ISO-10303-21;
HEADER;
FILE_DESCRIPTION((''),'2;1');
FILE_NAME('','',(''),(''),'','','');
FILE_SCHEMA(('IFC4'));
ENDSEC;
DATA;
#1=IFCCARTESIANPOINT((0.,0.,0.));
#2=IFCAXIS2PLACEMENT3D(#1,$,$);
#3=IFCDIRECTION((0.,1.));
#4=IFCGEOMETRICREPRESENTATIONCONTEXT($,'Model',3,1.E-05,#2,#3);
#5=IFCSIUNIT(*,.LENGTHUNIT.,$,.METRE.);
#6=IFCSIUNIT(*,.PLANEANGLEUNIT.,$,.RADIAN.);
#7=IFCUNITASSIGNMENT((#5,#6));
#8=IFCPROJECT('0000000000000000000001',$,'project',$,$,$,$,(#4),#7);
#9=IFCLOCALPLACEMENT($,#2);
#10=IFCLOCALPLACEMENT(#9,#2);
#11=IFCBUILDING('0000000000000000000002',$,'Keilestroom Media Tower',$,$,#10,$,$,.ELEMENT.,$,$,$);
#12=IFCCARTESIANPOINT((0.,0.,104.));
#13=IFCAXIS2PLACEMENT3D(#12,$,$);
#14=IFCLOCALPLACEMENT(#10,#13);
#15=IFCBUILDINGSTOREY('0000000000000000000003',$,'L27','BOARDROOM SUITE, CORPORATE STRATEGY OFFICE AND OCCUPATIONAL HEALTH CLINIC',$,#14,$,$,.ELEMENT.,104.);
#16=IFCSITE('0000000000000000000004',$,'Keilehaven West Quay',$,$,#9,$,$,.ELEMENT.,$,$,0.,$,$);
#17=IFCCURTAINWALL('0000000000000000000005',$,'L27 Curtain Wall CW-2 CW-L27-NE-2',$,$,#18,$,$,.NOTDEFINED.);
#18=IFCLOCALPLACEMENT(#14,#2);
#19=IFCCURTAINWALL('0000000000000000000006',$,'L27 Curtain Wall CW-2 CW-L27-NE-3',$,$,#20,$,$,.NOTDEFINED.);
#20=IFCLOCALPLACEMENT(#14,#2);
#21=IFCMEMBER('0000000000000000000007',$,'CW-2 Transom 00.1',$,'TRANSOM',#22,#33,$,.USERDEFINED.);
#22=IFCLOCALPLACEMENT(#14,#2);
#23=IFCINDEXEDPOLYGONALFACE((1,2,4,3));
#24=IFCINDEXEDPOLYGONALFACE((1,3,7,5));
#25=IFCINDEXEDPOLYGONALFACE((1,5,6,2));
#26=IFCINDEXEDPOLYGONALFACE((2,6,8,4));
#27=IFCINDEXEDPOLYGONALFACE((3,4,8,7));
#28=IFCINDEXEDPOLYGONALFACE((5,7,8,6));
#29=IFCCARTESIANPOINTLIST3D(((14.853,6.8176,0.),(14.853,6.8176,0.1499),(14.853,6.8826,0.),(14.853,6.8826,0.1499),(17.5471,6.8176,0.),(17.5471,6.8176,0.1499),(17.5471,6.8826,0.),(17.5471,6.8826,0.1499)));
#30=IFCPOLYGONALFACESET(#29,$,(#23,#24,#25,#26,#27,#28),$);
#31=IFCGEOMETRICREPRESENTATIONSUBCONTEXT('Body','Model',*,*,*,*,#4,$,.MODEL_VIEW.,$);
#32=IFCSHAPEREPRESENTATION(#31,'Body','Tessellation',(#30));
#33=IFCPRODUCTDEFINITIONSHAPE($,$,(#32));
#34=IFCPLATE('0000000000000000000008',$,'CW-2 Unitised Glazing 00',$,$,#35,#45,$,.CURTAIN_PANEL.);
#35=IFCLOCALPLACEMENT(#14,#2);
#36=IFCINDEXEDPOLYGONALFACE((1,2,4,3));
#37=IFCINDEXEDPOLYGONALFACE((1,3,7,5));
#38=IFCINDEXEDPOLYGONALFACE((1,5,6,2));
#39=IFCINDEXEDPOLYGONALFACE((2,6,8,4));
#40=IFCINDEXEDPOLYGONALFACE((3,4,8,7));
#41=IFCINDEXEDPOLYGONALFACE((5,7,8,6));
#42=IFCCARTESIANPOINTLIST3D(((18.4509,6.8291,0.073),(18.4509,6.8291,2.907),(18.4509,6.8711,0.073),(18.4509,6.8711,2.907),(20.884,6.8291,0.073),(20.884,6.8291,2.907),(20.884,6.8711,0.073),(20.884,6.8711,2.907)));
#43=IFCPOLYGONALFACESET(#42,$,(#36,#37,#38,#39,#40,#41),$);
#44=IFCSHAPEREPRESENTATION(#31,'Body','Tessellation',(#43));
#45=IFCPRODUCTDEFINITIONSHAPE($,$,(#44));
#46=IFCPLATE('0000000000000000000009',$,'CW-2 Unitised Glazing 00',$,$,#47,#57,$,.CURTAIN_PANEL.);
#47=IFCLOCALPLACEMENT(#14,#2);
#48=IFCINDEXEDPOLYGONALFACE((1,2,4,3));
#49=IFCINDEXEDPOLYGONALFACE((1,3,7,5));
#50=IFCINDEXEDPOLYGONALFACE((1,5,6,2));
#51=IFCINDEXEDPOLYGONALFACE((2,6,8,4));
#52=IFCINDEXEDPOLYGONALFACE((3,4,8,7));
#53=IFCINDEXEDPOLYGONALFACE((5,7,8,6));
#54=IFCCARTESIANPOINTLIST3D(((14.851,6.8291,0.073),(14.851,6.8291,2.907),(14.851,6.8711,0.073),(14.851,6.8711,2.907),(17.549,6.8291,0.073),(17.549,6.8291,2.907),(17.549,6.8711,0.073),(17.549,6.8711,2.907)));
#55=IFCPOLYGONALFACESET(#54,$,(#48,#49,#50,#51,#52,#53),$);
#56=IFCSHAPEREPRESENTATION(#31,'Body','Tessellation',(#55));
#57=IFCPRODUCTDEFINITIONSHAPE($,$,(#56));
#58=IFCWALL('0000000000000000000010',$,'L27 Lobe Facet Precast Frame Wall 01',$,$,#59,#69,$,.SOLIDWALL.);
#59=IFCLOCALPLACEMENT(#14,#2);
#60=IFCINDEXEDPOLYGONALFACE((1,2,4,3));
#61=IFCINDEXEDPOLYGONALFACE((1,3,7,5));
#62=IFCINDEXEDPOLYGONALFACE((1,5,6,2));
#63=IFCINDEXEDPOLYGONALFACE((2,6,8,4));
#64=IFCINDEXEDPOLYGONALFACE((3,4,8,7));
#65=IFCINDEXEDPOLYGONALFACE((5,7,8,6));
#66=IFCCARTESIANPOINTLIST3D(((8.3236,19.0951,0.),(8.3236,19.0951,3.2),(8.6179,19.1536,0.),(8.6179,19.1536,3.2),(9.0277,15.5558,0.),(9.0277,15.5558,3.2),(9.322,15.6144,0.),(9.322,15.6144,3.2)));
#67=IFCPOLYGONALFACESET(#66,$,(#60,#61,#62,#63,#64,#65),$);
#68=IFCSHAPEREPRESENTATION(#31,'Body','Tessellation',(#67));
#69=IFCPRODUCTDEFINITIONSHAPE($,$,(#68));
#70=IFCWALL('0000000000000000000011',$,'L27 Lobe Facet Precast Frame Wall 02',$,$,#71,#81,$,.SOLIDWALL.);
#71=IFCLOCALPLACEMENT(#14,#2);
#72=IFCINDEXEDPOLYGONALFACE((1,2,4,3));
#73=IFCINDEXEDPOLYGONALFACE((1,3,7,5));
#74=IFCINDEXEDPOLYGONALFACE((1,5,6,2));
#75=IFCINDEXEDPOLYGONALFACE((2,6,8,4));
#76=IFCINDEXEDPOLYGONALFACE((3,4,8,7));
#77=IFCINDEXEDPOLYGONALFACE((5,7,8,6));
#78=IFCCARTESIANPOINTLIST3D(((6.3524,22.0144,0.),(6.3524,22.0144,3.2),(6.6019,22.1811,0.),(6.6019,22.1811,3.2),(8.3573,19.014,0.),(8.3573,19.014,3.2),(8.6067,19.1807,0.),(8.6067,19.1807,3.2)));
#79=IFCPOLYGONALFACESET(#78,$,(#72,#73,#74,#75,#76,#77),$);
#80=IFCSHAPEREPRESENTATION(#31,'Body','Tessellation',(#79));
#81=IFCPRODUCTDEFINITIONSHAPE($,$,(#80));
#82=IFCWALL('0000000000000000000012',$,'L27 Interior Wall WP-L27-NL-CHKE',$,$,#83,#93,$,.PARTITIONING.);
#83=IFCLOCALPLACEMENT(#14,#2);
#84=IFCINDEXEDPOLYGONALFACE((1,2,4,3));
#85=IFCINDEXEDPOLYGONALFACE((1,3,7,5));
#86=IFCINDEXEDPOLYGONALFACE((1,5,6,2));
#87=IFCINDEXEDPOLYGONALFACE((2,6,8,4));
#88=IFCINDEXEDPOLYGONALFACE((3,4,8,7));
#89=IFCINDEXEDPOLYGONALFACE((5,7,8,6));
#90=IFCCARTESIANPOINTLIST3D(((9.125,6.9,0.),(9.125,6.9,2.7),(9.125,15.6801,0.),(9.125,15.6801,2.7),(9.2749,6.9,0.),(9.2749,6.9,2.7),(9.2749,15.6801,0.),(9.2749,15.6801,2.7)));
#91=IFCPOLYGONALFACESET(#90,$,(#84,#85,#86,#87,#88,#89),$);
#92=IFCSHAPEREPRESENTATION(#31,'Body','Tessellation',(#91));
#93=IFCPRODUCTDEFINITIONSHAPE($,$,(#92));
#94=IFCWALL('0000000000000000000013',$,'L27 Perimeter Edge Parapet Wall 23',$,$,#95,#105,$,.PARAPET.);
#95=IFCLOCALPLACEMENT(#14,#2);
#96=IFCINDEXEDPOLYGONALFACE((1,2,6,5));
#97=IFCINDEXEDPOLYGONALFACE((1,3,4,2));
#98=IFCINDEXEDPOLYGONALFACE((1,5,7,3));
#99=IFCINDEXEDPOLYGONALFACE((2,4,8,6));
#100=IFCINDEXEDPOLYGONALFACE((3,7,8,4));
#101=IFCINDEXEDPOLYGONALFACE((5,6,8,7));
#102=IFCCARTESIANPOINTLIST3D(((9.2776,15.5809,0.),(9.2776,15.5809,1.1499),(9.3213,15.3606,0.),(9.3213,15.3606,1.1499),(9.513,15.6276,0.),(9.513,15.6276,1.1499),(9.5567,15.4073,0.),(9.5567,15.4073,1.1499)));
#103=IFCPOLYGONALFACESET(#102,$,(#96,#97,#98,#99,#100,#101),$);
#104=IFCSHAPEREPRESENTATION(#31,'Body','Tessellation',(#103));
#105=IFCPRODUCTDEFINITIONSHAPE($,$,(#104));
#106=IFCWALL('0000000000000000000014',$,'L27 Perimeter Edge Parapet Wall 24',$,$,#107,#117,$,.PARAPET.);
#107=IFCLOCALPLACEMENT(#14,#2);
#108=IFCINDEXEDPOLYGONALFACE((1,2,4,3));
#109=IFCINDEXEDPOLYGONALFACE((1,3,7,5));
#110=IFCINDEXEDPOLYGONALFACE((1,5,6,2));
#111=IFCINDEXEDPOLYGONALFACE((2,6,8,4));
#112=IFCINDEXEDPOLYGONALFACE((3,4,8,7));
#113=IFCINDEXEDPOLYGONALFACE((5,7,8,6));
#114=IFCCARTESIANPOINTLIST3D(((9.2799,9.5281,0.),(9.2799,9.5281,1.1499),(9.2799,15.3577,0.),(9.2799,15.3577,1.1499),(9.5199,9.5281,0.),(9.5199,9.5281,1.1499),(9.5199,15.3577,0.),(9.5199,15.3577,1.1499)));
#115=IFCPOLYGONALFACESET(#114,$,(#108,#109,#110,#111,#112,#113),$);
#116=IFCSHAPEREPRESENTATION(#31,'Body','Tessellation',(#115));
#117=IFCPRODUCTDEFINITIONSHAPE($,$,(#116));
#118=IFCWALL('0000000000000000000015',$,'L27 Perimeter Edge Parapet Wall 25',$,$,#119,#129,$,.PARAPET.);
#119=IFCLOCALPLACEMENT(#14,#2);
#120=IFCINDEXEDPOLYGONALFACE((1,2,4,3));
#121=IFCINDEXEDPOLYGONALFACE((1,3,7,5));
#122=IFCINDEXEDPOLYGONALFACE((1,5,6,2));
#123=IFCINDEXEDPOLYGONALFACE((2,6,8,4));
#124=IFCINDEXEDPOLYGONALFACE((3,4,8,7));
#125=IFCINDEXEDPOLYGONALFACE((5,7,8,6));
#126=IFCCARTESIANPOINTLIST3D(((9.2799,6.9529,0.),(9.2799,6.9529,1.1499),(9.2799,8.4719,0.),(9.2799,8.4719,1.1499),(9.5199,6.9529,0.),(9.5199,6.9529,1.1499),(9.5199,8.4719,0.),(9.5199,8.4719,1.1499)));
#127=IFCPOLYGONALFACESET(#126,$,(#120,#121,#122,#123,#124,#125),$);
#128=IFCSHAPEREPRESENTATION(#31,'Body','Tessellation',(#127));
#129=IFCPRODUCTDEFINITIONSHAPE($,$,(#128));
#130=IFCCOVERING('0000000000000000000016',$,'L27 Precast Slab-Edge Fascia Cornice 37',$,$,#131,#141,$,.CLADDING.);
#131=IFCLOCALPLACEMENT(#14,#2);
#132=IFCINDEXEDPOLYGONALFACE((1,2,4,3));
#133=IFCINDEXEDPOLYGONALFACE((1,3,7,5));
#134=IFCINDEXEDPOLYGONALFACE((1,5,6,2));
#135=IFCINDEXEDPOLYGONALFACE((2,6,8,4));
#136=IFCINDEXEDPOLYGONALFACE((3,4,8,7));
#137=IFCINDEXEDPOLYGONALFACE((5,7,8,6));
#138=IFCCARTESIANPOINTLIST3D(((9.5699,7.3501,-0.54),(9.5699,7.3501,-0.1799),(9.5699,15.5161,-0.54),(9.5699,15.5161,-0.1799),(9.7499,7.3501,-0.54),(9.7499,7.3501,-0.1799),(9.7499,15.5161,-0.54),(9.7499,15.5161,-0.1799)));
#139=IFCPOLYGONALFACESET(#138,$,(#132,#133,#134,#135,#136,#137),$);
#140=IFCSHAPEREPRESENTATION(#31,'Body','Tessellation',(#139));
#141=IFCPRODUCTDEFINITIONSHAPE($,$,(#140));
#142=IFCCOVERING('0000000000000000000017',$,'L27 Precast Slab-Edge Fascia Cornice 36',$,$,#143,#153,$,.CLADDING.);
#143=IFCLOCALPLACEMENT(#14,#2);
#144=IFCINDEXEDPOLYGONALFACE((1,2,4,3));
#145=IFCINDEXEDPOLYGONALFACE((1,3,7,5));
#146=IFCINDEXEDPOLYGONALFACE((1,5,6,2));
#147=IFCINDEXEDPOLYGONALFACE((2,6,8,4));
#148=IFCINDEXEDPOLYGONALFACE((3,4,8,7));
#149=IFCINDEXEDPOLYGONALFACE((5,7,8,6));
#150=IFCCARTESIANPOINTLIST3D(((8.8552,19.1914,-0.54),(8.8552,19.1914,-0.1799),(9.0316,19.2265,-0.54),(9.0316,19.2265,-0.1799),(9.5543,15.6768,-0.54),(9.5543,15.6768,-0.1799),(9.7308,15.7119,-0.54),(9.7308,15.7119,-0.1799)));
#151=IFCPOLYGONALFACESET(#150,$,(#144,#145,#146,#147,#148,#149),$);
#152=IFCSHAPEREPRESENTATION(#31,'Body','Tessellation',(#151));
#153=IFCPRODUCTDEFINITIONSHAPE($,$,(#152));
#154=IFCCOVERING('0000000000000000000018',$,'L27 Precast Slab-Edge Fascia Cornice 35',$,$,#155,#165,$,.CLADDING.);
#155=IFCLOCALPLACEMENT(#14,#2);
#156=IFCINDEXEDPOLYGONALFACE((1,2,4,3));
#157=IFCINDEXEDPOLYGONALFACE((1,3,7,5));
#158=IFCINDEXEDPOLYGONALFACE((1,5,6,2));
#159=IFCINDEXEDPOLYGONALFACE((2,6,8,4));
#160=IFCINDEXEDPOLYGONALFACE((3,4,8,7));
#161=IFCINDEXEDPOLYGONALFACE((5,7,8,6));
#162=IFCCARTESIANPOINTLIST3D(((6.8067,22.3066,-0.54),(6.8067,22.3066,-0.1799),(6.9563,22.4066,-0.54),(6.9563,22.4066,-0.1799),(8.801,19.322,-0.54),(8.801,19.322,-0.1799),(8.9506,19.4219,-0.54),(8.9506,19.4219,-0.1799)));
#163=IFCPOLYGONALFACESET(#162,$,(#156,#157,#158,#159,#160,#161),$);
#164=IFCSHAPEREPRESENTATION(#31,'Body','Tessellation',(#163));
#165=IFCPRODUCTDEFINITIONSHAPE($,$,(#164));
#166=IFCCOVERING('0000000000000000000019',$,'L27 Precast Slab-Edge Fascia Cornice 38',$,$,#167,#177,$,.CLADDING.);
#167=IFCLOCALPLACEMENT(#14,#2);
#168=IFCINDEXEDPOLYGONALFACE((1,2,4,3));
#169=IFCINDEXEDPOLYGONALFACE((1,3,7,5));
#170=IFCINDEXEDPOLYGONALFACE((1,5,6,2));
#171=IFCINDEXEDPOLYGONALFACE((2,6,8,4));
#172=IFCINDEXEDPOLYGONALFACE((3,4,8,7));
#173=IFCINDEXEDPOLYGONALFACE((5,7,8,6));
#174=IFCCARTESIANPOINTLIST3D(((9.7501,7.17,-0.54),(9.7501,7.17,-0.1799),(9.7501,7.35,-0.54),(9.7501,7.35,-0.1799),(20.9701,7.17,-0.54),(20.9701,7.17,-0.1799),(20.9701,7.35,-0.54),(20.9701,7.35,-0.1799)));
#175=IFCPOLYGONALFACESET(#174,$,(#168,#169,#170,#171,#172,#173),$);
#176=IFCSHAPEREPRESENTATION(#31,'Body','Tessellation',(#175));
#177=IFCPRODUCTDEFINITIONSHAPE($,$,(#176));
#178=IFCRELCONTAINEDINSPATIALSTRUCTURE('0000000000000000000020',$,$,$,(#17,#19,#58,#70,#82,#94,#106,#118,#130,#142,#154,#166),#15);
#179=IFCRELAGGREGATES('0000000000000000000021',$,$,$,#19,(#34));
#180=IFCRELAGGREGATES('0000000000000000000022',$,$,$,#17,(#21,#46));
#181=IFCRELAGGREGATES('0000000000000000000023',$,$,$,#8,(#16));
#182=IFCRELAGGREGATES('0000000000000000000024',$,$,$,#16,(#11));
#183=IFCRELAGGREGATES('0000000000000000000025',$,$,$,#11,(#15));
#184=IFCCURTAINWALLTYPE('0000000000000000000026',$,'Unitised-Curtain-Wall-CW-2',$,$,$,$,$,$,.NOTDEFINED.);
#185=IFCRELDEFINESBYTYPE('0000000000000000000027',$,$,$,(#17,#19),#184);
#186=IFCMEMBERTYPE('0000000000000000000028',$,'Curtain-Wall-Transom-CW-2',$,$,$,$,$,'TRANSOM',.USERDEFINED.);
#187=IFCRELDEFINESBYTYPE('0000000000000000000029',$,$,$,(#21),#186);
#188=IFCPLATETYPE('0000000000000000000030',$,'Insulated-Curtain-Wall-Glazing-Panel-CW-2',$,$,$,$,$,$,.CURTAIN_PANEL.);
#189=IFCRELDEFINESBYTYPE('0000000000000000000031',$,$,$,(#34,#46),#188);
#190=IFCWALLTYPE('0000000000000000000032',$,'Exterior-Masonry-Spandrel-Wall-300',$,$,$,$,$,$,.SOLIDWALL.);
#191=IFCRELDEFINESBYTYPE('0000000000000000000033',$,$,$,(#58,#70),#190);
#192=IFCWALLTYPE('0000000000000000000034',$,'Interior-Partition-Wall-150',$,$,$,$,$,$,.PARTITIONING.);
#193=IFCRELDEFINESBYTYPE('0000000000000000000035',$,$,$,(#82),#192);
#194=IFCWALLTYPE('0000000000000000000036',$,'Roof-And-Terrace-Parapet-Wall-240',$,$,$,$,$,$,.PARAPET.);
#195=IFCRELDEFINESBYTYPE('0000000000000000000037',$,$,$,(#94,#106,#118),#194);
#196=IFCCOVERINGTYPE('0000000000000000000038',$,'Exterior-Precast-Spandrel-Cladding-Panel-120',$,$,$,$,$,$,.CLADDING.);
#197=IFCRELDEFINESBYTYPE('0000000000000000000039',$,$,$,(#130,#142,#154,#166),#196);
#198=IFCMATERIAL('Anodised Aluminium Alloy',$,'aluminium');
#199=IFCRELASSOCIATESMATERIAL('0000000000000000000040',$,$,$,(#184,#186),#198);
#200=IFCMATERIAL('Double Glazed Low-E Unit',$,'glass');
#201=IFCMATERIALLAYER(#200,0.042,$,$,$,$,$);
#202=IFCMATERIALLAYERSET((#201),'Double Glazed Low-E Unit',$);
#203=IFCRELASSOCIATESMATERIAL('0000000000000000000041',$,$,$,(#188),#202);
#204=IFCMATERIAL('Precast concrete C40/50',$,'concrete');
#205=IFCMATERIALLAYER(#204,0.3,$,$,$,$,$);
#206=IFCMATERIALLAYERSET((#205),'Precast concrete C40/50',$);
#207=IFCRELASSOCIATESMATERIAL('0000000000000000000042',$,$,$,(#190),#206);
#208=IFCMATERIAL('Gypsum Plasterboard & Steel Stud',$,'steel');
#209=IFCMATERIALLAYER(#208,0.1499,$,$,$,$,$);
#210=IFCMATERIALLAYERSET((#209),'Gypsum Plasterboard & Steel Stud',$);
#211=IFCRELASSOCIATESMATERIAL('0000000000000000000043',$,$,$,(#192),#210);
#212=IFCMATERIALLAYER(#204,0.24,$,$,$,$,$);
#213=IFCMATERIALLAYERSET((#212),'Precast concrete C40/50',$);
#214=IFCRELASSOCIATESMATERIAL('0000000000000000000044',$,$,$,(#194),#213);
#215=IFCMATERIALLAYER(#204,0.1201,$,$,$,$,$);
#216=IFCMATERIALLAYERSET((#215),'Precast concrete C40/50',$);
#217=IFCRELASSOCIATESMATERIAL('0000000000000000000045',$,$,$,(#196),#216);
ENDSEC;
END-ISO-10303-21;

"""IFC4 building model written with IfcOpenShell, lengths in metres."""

from ifc_helpers import new_model, si_unit, direction, frame, frame_2d, origin, origin_2d, place, context, subcontext, project, spatial, rectangle, extrude, source, transform, mapped, material, layer, layer_set, material_profile, profile_set, type_object, element, aggregate, save


model = new_model("IFC4")

# Units and contexts
model_context = context("Model", 3, precision=1e-05, world=origin(), true_north=direction((0.0, 1.0)))
body_context = subcontext(model_context, "Body", "Model", "MODEL_VIEW")
ifc_project = project(units=[si_unit("LENGTHUNIT", "METRE"), si_unit("PLANEANGLEUNIT", "RADIAN")], contexts=[model_context])

# Site, building, storey
site_placement = place(None, origin())
site = spatial("IfcSite", under=ifc_project, at=site_placement, Name="Keilehaven West Quay", CompositionType="ELEMENT", RefElevation=0.0)
building_placement = place(site_placement, origin())
building = spatial("IfcBuilding", under=site, at=building_placement, Name="Keilestroom Media Tower", CompositionType="ELEMENT")
storey_placement = place(building_placement, frame((0.0, 0.0, 104.0)))
storey = spatial("IfcBuildingStorey", under=building, at=storey_placement, Name="L27", Description="BOARDROOM SUITE, CORPORATE STRATEGY OFFICE AND OCCUPATIONAL HEALTH CLINIC", CompositionType="ELEMENT", Elevation=104.0)

# Shared definitions
ifc_material_1 = material(Name="Precast concrete C40/50", Category="concrete")

# Curtain walls
ifc_material_2 = material(Name="Anodised Aluminium Alloy", Category="aluminium")
curtain_wall_type = type_object("IfcCurtainWallType", Name="Unitised-Curtain-Wall-CW-2", PredefinedType="NOTDEFINED", material=ifc_material_2)
curtain_wall_1_placement = place(storey_placement, origin())
curtain_wall_1 = element("IfcCurtainWall", 1, at=curtain_wall_1_placement, inside=storey, type_object=curtain_wall_type, Name="L27 Curtain Wall CW-2 CW-L27-NE-2", PredefinedType="NOTDEFINED")
curtain_wall_2_placement = place(storey_placement, origin())
curtain_wall_2 = element("IfcCurtainWall", 2, at=curtain_wall_2_placement, inside=storey, type_object=curtain_wall_type, Name="L27 Curtain Wall CW-2 CW-L27-NE-3", PredefinedType="NOTDEFINED")
ifc_material_profile_1 = material_profile(ifc_material_2, rectangle(XDim=0.0649, YDim=0.1499, at=origin_2d()), Name="ALU TRANSOM 65x150")
ifc_profile_set_1 = profile_set([ifc_material_profile_1], Name="Anodised Aluminium Alloy")
member_type_1 = type_object("IfcMemberType", Name="Curtain-Wall-Transom-CW-2", ElementType="TRANSOM", PredefinedType="USERDEFINED", material=ifc_profile_set_1)

# Member
shared_shape_1 = source(origin(), body_context, "Body", "SweptSolid", [
    extrude(rectangle(XDim=0.0649, YDim=0.1499, at=origin_2d()), origin(), (0.0, 0.0, 1.0), 2.6941),
])
member_1_placement = place(storey_placement, frame((14.853, 6.8501, 0.075), z_axis=(1.0, 0.0, 0.0), x_axis=(0.0, 1.0, 0.0)))
member_1 = element("IfcMember", 3, at=member_1_placement, type_object=member_type_1, Name="CW-2 Transom 00.1", ObjectType="TRANSOM", PredefinedType="USERDEFINED", context=body_context, shape_type="MappedRepresentation", body=[
    mapped(shared_shape_1, transform((0.0, 0.0, 0.0), x_axis=(1.0, 0.0, 0.0), y_axis=(0.0, 1.0, 0.0), z_axis=(0.0, 0.0, 1.0), scale=1.0)),
])

# Plates
ifc_material_3 = material(Name="Double Glazed Low-E Unit", Category="glass")
ifc_layer_1 = layer(ifc_material_3, 0.042)
ifc_layer_set_1 = layer_set([ifc_layer_1], Name="Double Glazed Low-E Unit")
plate_type = type_object("IfcPlateType", Name="Insulated-Curtain-Wall-Glazing-Panel-CW-2", PredefinedType="CURTAIN_PANEL", material=ifc_layer_set_1)
shared_shape_2 = source(origin(), body_context, "Body", "SweptSolid", [
    extrude(rectangle(XDim=2.4331, YDim=0.042, at=origin_2d()), origin(), (0.0, 0.0, 1.0), 2.834),
])
plate_1_placement = place(storey_placement, frame((19.6675, 6.8501, 0.073), z_axis=(0.0, 0.0, 1.0), x_axis=(1.0, 0.0, 0.0)))
plate_1 = element("IfcPlate", 4, at=plate_1_placement, type_object=plate_type, Name="CW-2 Unitised Glazing 00", PredefinedType="CURTAIN_PANEL", context=body_context, shape_type="MappedRepresentation", body=[
    mapped(shared_shape_2, transform((0.0, 0.0, 0.0), x_axis=(1.0, 0.0, 0.0), y_axis=(0.0, 1.0, 0.0), z_axis=(0.0, 0.0, 1.0), scale=1.0)),
])
aggregate(curtain_wall_2, [plate_1])
shared_shape_3 = source(origin(), body_context, "Body", "SweptSolid", [
    extrude(rectangle(XDim=2.698, YDim=0.042, at=origin_2d()), origin(), (0.0, 0.0, 1.0), 2.834),
])
plate_2_placement = place(storey_placement, frame((16.2, 6.8501, 0.073), z_axis=(0.0, 0.0, 1.0), x_axis=(1.0, 0.0, 0.0)))
plate_2 = element("IfcPlate", 5, at=plate_2_placement, type_object=plate_type, Name="CW-2 Unitised Glazing 00", PredefinedType="CURTAIN_PANEL", context=body_context, shape_type="MappedRepresentation", body=[
    mapped(shared_shape_3, transform((0.0, 0.0, 0.0), x_axis=(1.0, 0.0, 0.0), y_axis=(0.0, 1.0, 0.0), z_axis=(0.0, 0.0, 1.0), scale=1.0)),
])
aggregate(curtain_wall_1, [member_1, plate_2])

# Walls
ifc_layer_2 = layer(ifc_material_1, 0.3)
ifc_layer_set_2 = layer_set([ifc_layer_2], Name="Precast concrete C40/50")
wall_type_1 = type_object("IfcWallType", Name="Exterior-Masonry-Spandrel-Wall-300", PredefinedType="SOLIDWALL", material=ifc_layer_set_2)
for number, where, z_axis, x_axis, name in (
    (6, (9.1748, 15.5852, 0.0), (0.0, 0.0, 1.0), (-0.195114, 0.980781, 0.0), "L27 Lobe Facet Precast Frame Wall 01"),
    (7, (8.4819, 19.0974, 0.0), (0.0, 0.0, 1.0), (-0.555574, 0.831467, 0.0), "L27 Lobe Facet Precast Frame Wall 02"),
):
    element("IfcWall", number, at=place(storey_placement, frame(where, z_axis=z_axis, x_axis=x_axis)), inside=storey, type_object=wall_type_1, Name=name, PredefinedType="SOLIDWALL", context=body_context, shape_type="SweptSolid", body=[
        extrude(rectangle(XDim=3.6086, YDim=0.3, at=frame_2d((1.8042, 0.0))), origin(), (0.0, 0.0, 1.0), 3.2),
    ])
ifc_material_4 = material(Name="Gypsum Plasterboard & Steel Stud", Category="steel")
ifc_layer_3 = layer(ifc_material_4, 0.1499)
ifc_layer_set_3 = layer_set([ifc_layer_3], Name="Gypsum Plasterboard & Steel Stud")
wall_type_2 = type_object("IfcWallType", Name="Interior-Partition-Wall-150", PredefinedType="PARTITIONING", material=ifc_layer_set_3)
wall_1_placement = place(storey_placement, frame((9.2, 6.8999, 0.0), z_axis=(0.0, 0.0, 1.0), x_axis=(0.0, 1.0, 0.0)))
element("IfcWall", 8, at=wall_1_placement, inside=storey, type_object=wall_type_2, Name="L27 Interior Wall WP-L27-NL-CHKE", PredefinedType="PARTITIONING", context=body_context, shape_type="SweptSolid", body=[
    extrude(rectangle(XDim=8.78, YDim=0.1499, at=frame_2d((4.3901, 0.0))), origin(), (0.0, 0.0, 1.0), 2.7),
])
ifc_layer_4 = layer(ifc_material_1, 0.24)
ifc_layer_set_4 = layer_set([ifc_layer_4], Name="Precast concrete C40/50")
wall_type_3 = type_object("IfcWallType", Name="Roof-And-Terrace-Parapet-Wall-240", PredefinedType="PARAPET", material=ifc_layer_set_4)
wall_2_placement = place(storey_placement, frame((9.3953, 15.6042, 0.0), z_axis=(0.0, 0.0, 1.0), x_axis=(0.194652, -0.980872, 0.0)))
element("IfcWall", 9, at=wall_2_placement, inside=storey, type_object=wall_type_3, Name="L27 Perimeter Edge Parapet Wall 23", PredefinedType="PARAPET", context=body_context, shape_type="SweptSolid", body=[
    extrude(rectangle(XDim=0.2246, YDim=0.24, at=frame_2d((0.1123, 0.0))), origin(), (0.0, 0.0, 1.0), 1.1499),
])
wall_3_placement = place(storey_placement, frame((9.3999, 15.3577, 0.0), z_axis=(0.0, 0.0, 1.0), x_axis=(0.0, -1.0, 0.0)))
element("IfcWall", 10, at=wall_3_placement, inside=storey, type_object=wall_type_3, Name="L27 Perimeter Edge Parapet Wall 24", PredefinedType="PARAPET", context=body_context, shape_type="SweptSolid", body=[
    extrude(rectangle(XDim=5.8296, YDim=0.24, at=frame_2d((2.9148, 0.0))), origin(), (0.0, 0.0, 1.0), 1.1499),
])
wall_4_placement = place(storey_placement, frame((9.3999, 8.4719, 0.0), z_axis=(0.0, 0.0, 1.0), x_axis=(0.0, -1.0, 0.0)))
element("IfcWall", 11, at=wall_4_placement, inside=storey, type_object=wall_type_3, Name="L27 Perimeter Edge Parapet Wall 25", PredefinedType="PARAPET", context=body_context, shape_type="SweptSolid", body=[
    extrude(rectangle(XDim=1.519, YDim=0.24, at=frame_2d((0.7595, 0.0))), origin(), (0.0, 0.0, 1.0), 1.1499),
])

# Coverings
ifc_layer_5 = layer(ifc_material_1, 0.1201)
ifc_layer_set_5 = layer_set([ifc_layer_5], Name="Precast concrete C40/50")
covering_type = type_object("IfcCoveringType", Name="Exterior-Precast-Spandrel-Cladding-Panel-120", PredefinedType="CLADDING", material=ifc_layer_set_5)
shared_shape_4 = source(origin(), body_context, "Body", "SweptSolid", [
    extrude(rectangle(XDim=8.166, YDim=0.1799, at=origin_2d()), origin(), (0.0, 0.0, 1.0), 0.3601),
])
covering_1_placement = place(storey_placement, frame((9.6599, 11.4331, -0.54), z_axis=(0.0, 0.0, 1.0), x_axis=(0.0, -1.0, 0.0)))
element("IfcCovering", 12, at=covering_1_placement, inside=storey, type_object=covering_type, Name="L27 Precast Slab-Edge Fascia Cornice 37", PredefinedType="CLADDING", context=body_context, shape_type="MappedRepresentation", body=[
    mapped(shared_shape_4, transform((0.0, 0.0, 0.0), x_axis=(1.0, 0.0, 0.0), y_axis=(0.0, 1.0, 0.0), z_axis=(0.0, 0.0, 1.0), scale=1.0)),
])
shared_shape_5 = source(origin(), body_context, "Body", "SweptSolid", [
    extrude(rectangle(XDim=3.5835, YDim=0.1799, at=origin_2d()), origin(), (0.0, 0.0, 1.0), 0.3601),
])
covering_2_placement = place(storey_placement, frame((9.293, 17.4517, -0.54), z_axis=(0.0, 0.0, 1.0), x_axis=(0.195099, -0.980784, 0.0)))
element("IfcCovering", 13, at=covering_2_placement, inside=storey, type_object=covering_type, Name="L27 Precast Slab-Edge Fascia Cornice 36", PredefinedType="CLADDING", context=body_context, shape_type="MappedRepresentation", body=[
    mapped(shared_shape_5, transform((0.0, 0.0, 0.0), x_axis=(1.0, 0.0, 0.0), y_axis=(0.0, 1.0, 0.0), z_axis=(0.0, 0.0, 1.0), scale=1.0)),
])
shared_shape_6 = source(origin(), body_context, "Body", "SweptSolid", [
    extrude(rectangle(XDim=3.5896, YDim=0.1799, at=origin_2d()), origin(), (0.0, 0.0, 1.0), 0.3601),
])
covering_3_placement = place(storey_placement, frame((7.8787, 20.8643, -0.54), z_axis=(0.0, 0.0, 1.0), x_axis=(0.555575, -0.831467, 0.0)))
element("IfcCovering", 14, at=covering_3_placement, inside=storey, type_object=covering_type, Name="L27 Precast Slab-Edge Fascia Cornice 35", PredefinedType="CLADDING", context=body_context, shape_type="MappedRepresentation", body=[
    mapped(shared_shape_6, transform((0.0, 0.0, 0.0), x_axis=(1.0, 0.0, 0.0), y_axis=(0.0, 1.0, 0.0), z_axis=(0.0, 0.0, 1.0), scale=1.0)),
])
shared_shape_7 = source(origin(), body_context, "Body", "SweptSolid", [
    extrude(rectangle(XDim=11.22, YDim=0.1799, at=origin_2d()), origin(), (0.0, 0.0, 1.0), 0.3601),
])
covering_4_placement = place(storey_placement, frame((15.3601, 7.26, -0.54), z_axis=(0.0, 0.0, 1.0), x_axis=(1.0, 0.0, 0.0)))
element("IfcCovering", 15, at=covering_4_placement, inside=storey, type_object=covering_type, Name="L27 Precast Slab-Edge Fascia Cornice 38", PredefinedType="CLADDING", context=body_context, shape_type="MappedRepresentation", body=[
    mapped(shared_shape_7, transform((0.0, 0.0, 0.0), x_axis=(1.0, 0.0, 0.0), y_axis=(0.0, 1.0, 0.0), z_axis=(0.0, 0.0, 1.0), scale=1.0)),
])

save(model, "model.ifc")
